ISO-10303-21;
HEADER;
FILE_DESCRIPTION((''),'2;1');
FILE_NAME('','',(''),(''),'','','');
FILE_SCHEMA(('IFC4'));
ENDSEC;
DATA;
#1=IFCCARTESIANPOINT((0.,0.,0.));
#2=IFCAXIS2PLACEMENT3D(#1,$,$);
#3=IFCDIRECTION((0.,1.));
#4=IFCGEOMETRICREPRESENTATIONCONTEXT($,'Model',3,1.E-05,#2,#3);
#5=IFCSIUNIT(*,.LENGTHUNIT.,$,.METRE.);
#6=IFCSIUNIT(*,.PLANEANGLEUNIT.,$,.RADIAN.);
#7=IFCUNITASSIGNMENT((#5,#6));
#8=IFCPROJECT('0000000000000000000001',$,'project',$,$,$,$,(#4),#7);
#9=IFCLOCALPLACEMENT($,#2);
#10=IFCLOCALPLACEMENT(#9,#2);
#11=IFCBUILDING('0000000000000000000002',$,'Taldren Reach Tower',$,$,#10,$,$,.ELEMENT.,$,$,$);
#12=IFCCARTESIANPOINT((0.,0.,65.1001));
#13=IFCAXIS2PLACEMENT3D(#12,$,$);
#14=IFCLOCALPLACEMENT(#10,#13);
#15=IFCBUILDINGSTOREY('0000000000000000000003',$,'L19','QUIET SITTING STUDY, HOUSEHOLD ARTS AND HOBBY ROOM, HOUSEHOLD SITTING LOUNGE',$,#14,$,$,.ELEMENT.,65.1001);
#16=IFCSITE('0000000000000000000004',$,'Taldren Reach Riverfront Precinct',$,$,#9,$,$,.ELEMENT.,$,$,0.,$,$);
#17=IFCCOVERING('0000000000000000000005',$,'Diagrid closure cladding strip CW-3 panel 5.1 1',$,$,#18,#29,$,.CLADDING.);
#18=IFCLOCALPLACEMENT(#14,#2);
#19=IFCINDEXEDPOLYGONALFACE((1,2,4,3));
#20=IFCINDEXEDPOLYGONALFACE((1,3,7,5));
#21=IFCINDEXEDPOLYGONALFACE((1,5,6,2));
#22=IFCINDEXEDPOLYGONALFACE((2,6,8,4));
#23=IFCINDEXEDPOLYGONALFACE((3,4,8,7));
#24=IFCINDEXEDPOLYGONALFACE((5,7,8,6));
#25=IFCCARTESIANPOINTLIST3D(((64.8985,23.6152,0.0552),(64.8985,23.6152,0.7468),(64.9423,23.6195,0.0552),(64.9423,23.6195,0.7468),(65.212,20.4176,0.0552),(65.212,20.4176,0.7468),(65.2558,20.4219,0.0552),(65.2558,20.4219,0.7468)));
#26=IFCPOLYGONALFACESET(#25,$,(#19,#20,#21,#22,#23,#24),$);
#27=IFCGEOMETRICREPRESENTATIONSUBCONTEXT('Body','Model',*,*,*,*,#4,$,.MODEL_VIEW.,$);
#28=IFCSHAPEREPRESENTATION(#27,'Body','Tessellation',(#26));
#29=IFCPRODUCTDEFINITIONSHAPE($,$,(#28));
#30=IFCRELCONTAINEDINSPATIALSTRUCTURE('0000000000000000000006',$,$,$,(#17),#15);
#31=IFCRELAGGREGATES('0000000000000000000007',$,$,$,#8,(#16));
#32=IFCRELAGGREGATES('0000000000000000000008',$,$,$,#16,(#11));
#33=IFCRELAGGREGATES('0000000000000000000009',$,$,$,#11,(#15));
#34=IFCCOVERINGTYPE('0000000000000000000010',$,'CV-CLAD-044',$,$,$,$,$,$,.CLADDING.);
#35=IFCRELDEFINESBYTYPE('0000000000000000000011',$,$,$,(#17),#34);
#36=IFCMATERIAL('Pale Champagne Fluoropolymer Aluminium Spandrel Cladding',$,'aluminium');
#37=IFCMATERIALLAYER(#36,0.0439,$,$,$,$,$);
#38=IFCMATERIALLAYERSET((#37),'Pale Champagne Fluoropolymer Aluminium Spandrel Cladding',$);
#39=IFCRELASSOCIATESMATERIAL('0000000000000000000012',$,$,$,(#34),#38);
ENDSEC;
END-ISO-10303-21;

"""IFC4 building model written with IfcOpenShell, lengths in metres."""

from ifc_helpers import new_model, si_unit, direction, frame, origin, origin_2d, place, context, subcontext, project, spatial, rectangle, extrude, source, transform, mapped, material, layer, layer_set, type_object, element, save


model = new_model("IFC4")

# Units and contexts
model_context = context("Model", 3, precision=1e-05, world=origin(), true_north=direction((0.0, 1.0)))
body_context = subcontext(model_context, "Body", "Model", "MODEL_VIEW")
ifc_project = project(units=[si_unit("LENGTHUNIT", "METRE"), si_unit("PLANEANGLEUNIT", "RADIAN")], contexts=[model_context])

# Site, building, storey
site_placement = place(None, origin())
site = spatial("IfcSite", under=ifc_project, at=site_placement, Name="Taldren Reach Riverfront Precinct", CompositionType="ELEMENT", RefElevation=0.0)
building_placement = place(site_placement, origin())
building = spatial("IfcBuilding", under=site, at=building_placement, Name="Taldren Reach Tower", CompositionType="ELEMENT")
storey_placement = place(building_placement, frame((0.0, 0.0, 65.1001)))
storey = spatial("IfcBuildingStorey", under=building, at=storey_placement, Name="L19", Description="QUIET SITTING STUDY, HOUSEHOLD ARTS AND HOBBY ROOM, HOUSEHOLD SITTING LOUNGE", CompositionType="ELEMENT", Elevation=65.1001)

# Covering
ifc_material_1 = material(Name="Pale Champagne Fluoropolymer Aluminium Spandrel Cladding", Category="aluminium")
ifc_layer_1 = layer(ifc_material_1, 0.0439)
ifc_layer_set_1 = layer_set([ifc_layer_1], Name="Pale Champagne Fluoropolymer Aluminium Spandrel Cladding")
covering_type = type_object("IfcCoveringType", Name="CV-CLAD-044", PredefinedType="CLADDING", material=ifc_layer_set_1)
shared_shape_1 = source(origin(), body_context, "Body", "SweptSolid", [
    extrude(rectangle(XDim=3.2129, YDim=0.0439, at=origin_2d()), origin(), (0.0, 0.0, 1.0), 0.6917),
])
covering_1_placement = place(storey_placement, frame((65.0771, 22.0186, 0.0552), z_axis=(0.0, 0.0, 1.0), x_axis=(-0.097583, 0.995227, 0.0)))
element("IfcCovering", 1, at=covering_1_placement, inside=storey, type_object=covering_type, Name="Diagrid closure cladding strip CW-3 panel 5.1 1", PredefinedType="CLADDING", context=body_context, shape_type="MappedRepresentation", body=[
    mapped(shared_shape_1, transform((0.0, 0.0, 0.0), scale=1.0)),
])

save(model, "model.ifc")
